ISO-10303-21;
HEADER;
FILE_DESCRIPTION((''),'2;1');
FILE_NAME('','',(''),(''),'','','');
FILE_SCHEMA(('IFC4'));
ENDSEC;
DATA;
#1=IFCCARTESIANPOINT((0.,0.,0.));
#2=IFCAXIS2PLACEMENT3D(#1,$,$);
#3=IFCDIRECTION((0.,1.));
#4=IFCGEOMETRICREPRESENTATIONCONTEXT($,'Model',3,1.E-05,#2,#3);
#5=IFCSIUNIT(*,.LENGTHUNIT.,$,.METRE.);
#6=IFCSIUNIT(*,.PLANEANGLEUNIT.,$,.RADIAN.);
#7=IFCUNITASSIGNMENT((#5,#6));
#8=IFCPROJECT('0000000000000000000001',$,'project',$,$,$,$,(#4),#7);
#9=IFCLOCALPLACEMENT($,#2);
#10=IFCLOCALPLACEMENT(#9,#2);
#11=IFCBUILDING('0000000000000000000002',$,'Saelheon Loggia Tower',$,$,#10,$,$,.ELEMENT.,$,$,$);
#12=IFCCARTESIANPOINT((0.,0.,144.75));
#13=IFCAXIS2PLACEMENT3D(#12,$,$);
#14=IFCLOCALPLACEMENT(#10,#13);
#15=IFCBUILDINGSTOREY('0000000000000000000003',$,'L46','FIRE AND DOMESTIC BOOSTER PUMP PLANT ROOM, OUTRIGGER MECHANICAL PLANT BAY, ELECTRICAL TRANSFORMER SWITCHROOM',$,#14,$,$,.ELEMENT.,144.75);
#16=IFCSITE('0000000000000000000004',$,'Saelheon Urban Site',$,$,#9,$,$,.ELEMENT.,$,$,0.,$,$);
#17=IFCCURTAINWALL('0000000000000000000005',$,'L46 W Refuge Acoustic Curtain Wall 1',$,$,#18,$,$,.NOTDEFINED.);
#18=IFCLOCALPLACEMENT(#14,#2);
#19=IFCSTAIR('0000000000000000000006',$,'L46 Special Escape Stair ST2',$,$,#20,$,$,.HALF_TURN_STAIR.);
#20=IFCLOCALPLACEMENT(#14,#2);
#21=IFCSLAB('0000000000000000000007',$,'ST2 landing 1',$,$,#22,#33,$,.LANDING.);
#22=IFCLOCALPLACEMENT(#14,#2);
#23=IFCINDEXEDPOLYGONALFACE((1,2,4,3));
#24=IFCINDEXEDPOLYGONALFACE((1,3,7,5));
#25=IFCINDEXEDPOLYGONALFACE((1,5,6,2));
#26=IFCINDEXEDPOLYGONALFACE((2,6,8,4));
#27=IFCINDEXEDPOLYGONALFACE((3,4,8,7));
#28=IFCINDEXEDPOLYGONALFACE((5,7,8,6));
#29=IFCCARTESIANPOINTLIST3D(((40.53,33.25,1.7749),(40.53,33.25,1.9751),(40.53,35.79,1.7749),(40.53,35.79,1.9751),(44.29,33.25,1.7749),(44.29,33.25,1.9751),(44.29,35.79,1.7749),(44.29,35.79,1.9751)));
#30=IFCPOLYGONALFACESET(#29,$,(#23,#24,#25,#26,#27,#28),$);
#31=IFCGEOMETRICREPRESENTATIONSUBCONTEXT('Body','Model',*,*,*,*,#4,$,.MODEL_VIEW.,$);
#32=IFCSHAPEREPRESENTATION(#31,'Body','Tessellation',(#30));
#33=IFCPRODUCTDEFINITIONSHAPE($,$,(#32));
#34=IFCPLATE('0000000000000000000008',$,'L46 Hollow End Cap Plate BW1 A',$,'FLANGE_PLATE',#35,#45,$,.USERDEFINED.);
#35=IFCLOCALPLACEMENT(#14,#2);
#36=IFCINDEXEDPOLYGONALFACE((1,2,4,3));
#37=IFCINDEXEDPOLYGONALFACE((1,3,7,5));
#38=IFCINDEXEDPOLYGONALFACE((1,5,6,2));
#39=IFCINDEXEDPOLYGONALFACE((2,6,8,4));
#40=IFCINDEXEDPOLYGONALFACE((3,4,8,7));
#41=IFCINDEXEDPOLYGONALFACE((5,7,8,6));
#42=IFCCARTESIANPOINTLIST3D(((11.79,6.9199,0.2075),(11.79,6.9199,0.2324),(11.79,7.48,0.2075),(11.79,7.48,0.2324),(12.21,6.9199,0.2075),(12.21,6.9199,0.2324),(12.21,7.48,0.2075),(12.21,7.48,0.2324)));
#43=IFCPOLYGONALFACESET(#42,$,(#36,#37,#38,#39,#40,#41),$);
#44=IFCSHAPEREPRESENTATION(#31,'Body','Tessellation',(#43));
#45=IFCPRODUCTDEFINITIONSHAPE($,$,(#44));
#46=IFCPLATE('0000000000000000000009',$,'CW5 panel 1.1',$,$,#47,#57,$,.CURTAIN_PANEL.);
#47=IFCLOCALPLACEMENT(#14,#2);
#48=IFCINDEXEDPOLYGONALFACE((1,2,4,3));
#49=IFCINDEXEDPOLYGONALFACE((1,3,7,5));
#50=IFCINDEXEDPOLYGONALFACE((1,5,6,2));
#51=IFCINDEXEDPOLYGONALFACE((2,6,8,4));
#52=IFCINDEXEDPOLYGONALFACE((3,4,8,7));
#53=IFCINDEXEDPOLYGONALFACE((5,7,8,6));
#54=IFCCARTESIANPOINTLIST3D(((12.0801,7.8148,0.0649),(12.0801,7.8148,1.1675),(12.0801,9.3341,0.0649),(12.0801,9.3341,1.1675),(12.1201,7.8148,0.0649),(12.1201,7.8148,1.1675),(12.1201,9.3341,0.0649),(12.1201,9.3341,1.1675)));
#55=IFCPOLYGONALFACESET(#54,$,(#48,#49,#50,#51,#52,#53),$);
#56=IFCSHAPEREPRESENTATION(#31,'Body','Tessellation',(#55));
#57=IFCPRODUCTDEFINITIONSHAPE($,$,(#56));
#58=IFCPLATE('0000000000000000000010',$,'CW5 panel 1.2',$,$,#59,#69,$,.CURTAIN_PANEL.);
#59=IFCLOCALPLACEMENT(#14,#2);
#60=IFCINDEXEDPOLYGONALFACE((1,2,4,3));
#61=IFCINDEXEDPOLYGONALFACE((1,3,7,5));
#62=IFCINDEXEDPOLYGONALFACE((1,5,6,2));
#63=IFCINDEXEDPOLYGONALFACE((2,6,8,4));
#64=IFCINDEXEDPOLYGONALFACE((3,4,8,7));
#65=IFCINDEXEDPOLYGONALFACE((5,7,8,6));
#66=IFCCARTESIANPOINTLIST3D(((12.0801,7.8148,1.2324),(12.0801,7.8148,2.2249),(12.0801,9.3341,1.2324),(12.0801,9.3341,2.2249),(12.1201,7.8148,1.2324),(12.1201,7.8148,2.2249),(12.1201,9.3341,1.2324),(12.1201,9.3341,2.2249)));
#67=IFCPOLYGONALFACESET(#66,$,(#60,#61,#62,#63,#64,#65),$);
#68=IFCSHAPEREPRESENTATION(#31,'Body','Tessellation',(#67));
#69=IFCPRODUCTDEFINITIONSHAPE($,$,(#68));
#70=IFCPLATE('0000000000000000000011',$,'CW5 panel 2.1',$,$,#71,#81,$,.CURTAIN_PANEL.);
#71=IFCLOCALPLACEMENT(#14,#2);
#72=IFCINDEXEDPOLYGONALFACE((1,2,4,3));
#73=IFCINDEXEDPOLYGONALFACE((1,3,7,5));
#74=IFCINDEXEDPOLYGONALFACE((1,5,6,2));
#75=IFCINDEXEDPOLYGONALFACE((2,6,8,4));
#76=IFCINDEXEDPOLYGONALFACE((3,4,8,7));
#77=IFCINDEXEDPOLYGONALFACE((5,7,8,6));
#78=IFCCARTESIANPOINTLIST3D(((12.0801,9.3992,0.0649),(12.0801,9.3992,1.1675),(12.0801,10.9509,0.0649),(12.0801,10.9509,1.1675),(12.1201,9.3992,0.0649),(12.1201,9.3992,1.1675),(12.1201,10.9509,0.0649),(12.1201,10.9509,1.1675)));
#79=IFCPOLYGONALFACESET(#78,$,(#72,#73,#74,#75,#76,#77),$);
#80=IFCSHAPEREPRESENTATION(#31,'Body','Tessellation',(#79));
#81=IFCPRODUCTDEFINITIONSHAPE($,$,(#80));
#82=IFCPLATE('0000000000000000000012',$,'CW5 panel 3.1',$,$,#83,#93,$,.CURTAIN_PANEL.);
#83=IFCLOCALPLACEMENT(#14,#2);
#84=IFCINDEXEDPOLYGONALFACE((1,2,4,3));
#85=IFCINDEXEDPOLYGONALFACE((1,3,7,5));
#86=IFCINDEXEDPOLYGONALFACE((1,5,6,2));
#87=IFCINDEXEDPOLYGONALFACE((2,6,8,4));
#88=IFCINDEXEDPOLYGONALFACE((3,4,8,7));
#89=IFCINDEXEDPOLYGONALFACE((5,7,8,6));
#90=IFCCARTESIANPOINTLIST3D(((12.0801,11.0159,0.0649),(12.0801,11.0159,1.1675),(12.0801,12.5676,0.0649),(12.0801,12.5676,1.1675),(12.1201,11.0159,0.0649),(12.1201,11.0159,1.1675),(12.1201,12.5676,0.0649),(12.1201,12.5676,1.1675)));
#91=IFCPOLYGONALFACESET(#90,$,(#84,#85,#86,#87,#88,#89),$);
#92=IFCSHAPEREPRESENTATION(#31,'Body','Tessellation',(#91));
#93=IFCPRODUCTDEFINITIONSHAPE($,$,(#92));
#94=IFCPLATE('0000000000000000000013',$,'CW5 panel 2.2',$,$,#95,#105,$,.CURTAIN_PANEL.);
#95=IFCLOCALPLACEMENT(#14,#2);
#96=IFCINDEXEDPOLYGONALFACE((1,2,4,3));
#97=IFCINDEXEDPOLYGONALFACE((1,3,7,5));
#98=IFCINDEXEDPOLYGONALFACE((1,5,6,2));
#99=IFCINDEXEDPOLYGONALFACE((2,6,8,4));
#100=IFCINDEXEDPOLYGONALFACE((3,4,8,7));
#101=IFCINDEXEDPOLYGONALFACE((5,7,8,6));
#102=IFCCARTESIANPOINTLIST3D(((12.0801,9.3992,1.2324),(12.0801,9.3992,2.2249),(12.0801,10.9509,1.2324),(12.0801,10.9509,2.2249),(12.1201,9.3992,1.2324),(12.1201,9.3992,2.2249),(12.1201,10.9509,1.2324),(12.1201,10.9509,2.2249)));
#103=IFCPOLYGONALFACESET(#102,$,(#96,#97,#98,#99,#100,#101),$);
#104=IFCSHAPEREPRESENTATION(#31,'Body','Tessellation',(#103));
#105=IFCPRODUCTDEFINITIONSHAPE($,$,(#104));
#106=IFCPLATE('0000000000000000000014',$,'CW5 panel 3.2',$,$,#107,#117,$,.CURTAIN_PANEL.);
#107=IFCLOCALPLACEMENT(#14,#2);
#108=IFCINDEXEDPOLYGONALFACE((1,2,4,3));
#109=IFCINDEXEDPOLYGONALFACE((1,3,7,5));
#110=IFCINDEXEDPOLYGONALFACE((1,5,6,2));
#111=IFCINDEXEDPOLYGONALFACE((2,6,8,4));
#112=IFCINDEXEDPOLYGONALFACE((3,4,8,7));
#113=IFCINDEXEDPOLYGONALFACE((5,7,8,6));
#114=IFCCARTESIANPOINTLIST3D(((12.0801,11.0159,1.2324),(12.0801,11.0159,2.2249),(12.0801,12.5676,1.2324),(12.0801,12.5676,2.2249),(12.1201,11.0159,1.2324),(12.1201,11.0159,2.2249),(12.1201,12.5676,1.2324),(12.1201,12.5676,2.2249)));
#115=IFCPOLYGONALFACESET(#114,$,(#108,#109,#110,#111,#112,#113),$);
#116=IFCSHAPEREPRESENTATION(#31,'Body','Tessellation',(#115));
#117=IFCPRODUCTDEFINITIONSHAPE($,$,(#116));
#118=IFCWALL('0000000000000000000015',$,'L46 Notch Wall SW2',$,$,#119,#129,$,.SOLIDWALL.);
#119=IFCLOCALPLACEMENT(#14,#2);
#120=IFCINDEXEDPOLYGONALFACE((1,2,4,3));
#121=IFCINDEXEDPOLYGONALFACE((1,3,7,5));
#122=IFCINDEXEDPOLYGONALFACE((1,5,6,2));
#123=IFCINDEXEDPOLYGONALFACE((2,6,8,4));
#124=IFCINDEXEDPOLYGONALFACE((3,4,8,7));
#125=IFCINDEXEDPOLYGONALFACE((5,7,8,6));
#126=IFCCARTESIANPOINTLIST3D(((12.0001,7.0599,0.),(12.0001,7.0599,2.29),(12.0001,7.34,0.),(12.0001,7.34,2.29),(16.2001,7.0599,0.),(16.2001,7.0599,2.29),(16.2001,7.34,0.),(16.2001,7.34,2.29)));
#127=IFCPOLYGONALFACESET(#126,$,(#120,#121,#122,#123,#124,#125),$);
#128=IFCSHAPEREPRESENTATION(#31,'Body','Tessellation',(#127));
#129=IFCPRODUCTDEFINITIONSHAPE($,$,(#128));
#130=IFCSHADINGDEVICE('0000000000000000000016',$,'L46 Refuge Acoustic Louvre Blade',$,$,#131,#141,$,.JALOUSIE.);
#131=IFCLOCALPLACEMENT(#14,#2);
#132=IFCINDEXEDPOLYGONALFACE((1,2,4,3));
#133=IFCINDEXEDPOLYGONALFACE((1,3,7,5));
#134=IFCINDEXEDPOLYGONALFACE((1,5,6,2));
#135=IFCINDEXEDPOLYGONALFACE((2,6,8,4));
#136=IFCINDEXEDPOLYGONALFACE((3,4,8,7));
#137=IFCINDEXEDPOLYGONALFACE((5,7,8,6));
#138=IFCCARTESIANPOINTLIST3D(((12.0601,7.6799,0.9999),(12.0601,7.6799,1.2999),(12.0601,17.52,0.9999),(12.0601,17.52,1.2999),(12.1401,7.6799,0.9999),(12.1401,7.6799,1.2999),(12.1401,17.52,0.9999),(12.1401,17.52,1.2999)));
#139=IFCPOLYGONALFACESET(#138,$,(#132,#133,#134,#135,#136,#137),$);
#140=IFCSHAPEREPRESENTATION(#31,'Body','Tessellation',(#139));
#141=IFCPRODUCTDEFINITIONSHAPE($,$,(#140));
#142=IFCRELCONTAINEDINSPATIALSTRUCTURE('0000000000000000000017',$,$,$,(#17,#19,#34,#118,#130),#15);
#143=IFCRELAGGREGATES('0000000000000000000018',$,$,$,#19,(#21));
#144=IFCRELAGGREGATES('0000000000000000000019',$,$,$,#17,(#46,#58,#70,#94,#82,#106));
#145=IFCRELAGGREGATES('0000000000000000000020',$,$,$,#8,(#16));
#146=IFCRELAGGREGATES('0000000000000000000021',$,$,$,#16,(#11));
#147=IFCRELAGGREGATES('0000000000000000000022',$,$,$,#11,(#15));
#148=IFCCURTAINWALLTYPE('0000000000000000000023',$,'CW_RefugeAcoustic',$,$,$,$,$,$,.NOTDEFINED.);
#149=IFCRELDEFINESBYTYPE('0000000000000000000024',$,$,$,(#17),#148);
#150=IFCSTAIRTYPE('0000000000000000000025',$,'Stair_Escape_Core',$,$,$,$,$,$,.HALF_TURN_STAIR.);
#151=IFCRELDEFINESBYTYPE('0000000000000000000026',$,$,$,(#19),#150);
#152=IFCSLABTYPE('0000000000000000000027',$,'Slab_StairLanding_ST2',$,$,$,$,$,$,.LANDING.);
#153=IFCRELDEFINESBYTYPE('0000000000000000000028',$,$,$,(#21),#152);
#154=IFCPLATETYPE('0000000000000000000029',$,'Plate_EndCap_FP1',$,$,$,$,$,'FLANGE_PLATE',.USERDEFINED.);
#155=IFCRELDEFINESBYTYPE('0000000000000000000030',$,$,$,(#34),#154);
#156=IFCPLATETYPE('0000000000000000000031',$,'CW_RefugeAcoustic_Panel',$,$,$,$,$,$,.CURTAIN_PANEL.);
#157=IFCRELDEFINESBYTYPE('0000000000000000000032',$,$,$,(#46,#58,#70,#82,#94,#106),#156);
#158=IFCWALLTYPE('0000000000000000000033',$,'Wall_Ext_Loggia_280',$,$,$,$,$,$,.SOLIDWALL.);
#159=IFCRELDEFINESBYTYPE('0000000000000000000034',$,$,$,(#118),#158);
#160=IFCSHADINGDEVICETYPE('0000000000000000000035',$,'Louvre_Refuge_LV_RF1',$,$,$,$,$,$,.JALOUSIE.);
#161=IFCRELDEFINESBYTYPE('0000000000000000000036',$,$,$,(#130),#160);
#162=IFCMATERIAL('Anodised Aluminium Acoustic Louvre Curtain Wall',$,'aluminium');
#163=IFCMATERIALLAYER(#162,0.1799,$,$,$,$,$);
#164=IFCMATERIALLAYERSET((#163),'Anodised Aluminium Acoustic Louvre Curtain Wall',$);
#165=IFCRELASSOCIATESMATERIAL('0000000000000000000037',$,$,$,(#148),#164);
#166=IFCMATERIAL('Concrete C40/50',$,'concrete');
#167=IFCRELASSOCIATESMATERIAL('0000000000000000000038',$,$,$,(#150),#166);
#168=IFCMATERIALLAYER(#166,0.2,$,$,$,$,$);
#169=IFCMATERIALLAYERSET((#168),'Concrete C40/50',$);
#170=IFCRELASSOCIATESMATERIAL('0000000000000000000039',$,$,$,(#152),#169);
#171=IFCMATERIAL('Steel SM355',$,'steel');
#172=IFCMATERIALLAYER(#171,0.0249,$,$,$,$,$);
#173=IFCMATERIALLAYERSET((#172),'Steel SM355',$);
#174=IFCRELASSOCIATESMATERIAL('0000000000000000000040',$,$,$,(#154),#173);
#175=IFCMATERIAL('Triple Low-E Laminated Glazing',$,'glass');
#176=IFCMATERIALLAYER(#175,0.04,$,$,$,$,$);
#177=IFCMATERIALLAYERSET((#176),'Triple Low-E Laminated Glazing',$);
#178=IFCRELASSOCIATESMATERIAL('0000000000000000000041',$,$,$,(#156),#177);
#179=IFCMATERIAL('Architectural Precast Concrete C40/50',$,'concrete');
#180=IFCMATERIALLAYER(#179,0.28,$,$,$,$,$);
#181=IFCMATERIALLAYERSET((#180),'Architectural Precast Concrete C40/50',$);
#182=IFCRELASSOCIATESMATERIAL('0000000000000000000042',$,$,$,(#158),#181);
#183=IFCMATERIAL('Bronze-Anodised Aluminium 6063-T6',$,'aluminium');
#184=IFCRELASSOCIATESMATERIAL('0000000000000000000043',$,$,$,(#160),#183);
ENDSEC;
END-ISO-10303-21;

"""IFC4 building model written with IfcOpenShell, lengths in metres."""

from ifc_helpers import new_model, si_unit, direction, frame, frame_2d, origin, origin_2d, place, context, subcontext, project, spatial, polyline, rectangle, outline, extrude, source, transform, mapped, material, layer, layer_set, material_profile, profile_set, type_object, element, aggregate, save


model = new_model("IFC4")

# Units and contexts
model_context = context("Model", 3, precision=1e-05, world=origin(), true_north=direction((0.0, 1.0)))
body_context = subcontext(model_context, "Body", "Model", "MODEL_VIEW")
ifc_project = project(units=[si_unit("LENGTHUNIT", "METRE"), si_unit("PLANEANGLEUNIT", "RADIAN")], contexts=[model_context])

# Site, building, storey
site_placement = place(None, origin())
site = spatial("IfcSite", under=ifc_project, at=site_placement, Name="Saelheon Urban Site", CompositionType="ELEMENT", RefElevation=0.0)
building_placement = place(site_placement, origin())
building = spatial("IfcBuilding", under=site, at=building_placement, Name="Saelheon Loggia Tower", CompositionType="ELEMENT")
storey_placement = place(building_placement, frame((0.0, 0.0, 144.75)))
storey = spatial("IfcBuildingStorey", under=building, at=storey_placement, Name="L46", Description="FIRE AND DOMESTIC BOOSTER PUMP PLANT ROOM, OUTRIGGER MECHANICAL PLANT BAY, ELECTRICAL TRANSFORMER SWITCHROOM", CompositionType="ELEMENT", Elevation=144.75)

# Shared definitions
ifc_material_1 = material(Name="Steel SM355", Category="steel")

# Curtain wall
ifc_material_2 = material(Name="Anodised Aluminium Acoustic Louvre Curtain Wall", Category="aluminium")
ifc_layer_1 = layer(ifc_material_2, 0.1799)
ifc_layer_set_1 = layer_set([ifc_layer_1], Name="Anodised Aluminium Acoustic Louvre Curtain Wall")
curtain_wall_type = type_object("IfcCurtainWallType", Name="CW_RefugeAcoustic", PredefinedType="NOTDEFINED", material=ifc_layer_set_1)
curtain_wall_placement = place(storey_placement, origin())
curtain_wall = element("IfcCurtainWall", 1, at=curtain_wall_placement, inside=storey, type_object=curtain_wall_type, Name="L46 W Refuge Acoustic Curtain Wall 1", PredefinedType="NOTDEFINED")

# Stair, slab
ifc_material_3 = material(Name="Concrete C40/50", Category="concrete")
stair_type = type_object("IfcStairType", Name="Stair_Escape_Core", PredefinedType="HALF_TURN_STAIR", material=ifc_material_3)
stair_1_placement = place(storey_placement, origin())
stair_1 = element("IfcStair", 2, at=stair_1_placement, inside=storey, type_object=stair_type, Name="L46 Special Escape Stair ST2", PredefinedType="HALF_TURN_STAIR")
ifc_layer_2 = layer(ifc_material_3, 0.2)
ifc_layer_set_2 = layer_set([ifc_layer_2], Name="Concrete C40/50")
slab_type_1 = type_object("IfcSlabType", Name="Slab_StairLanding_ST2", PredefinedType="LANDING", material=ifc_layer_set_2)
slab_1_placement = place(storey_placement, frame((0.0, 0.0, 1.7749)))
slab_1 = element("IfcSlab", 3, at=slab_1_placement, type_object=slab_type_1, Name="ST2 landing 1", PredefinedType="LANDING", context=body_context, shape_type="SweptSolid", body=[
    extrude(outline(polyline([(44.29, 33.25), (44.29, 35.79), (40.53, 35.79), (40.53, 33.25), (44.29, 33.25)])), origin(), (0.0, 0.0, 1.0), 0.2002),
])
aggregate(stair_1, [slab_1])

# Plates
ifc_layer_3 = layer(ifc_material_1, 0.0249)
ifc_layer_set_3 = layer_set([ifc_layer_3], Name="Steel SM355")
plate_type_1 = type_object("IfcPlateType", Name="Plate_EndCap_FP1", ElementType="FLANGE_PLATE", PredefinedType="USERDEFINED", material=ifc_layer_set_3)
shared_shape_1 = source(origin(), body_context, "Body", "SweptSolid", [
    extrude(rectangle(XDim=0.5601, YDim=0.4199, at=origin_2d()), origin(), (0.0, 0.0, 1.0), 0.0249),
])
plate_1_placement = place(storey_placement, frame((12.0, 7.2, 0.2075), z_axis=(0.0, 0.0, 1.0), x_axis=(0.0, 1.0, 0.0)))
element("IfcPlate", 4, at=plate_1_placement, inside=storey, type_object=plate_type_1, Name="L46 Hollow End Cap Plate BW1 A", ObjectType="FLANGE_PLATE", PredefinedType="USERDEFINED", context=body_context, shape_type="MappedRepresentation", body=[
    mapped(shared_shape_1, transform((0.0, 0.0, 0.0), scale=1.0)),
])
ifc_material_4 = material(Name="Triple Low-E Laminated Glazing", Category="glass")
ifc_layer_4 = layer(ifc_material_4, 0.04)
ifc_layer_set_4 = layer_set([ifc_layer_4], Name="Triple Low-E Laminated Glazing")
plate_type_2 = type_object("IfcPlateType", Name="CW_RefugeAcoustic_Panel", PredefinedType="CURTAIN_PANEL", material=ifc_layer_set_4)
shared_shape_2 = source(origin(), body_context, "Body", "SweptSolid", [
    extrude(rectangle(XDim=1.5193, YDim=0.04, at=origin_2d()), origin(), (0.0, 0.0, 1.0), 1.1025),
])
plate_2_placement = place(storey_placement, frame((12.1001, 8.5745, 0.0649), z_axis=(0.0, 0.0, 1.0), x_axis=(0.0, 1.0, 0.0)))
plate_2 = element("IfcPlate", 5, at=plate_2_placement, type_object=plate_type_2, Name="CW5 panel 1.1", PredefinedType="CURTAIN_PANEL", context=body_context, shape_type="MappedRepresentation", body=[
    mapped(shared_shape_2, transform((0.0, 0.0, 0.0), scale=1.0)),
])
shared_shape_3 = source(origin(), body_context, "Body", "SweptSolid", [
    extrude(rectangle(XDim=1.5193, YDim=0.04, at=origin_2d()), origin(), (0.0, 0.0, 1.0), 0.9924),
])
plate_3_placement = place(storey_placement, frame((12.1001, 8.5745, 1.2324), z_axis=(0.0, 0.0, 1.0), x_axis=(0.0, 1.0, 0.0)))
plate_3 = element("IfcPlate", 6, at=plate_3_placement, type_object=plate_type_2, Name="CW5 panel 1.2", PredefinedType="CURTAIN_PANEL", context=body_context, shape_type="MappedRepresentation", body=[
    mapped(shared_shape_3, transform((0.0, 0.0, 0.0), scale=1.0)),
])
shared_shape_4 = source(origin(), body_context, "Body", "SweptSolid", [
    extrude(rectangle(XDim=1.5518, YDim=0.04, at=origin_2d()), origin(), (0.0, 0.0, 1.0), 1.1025),
])
plate_4_placement = place(storey_placement, frame((12.1001, 10.175, 0.0649), z_axis=(0.0, 0.0, 1.0), x_axis=(0.0, 1.0, 0.0)))
plate_4 = element("IfcPlate", 7, at=plate_4_placement, type_object=plate_type_2, Name="CW5 panel 2.1", PredefinedType="CURTAIN_PANEL", context=body_context, shape_type="MappedRepresentation", body=[
    mapped(shared_shape_4, transform((0.0, 0.0, 0.0), scale=1.0)),
])
plate_5_placement = place(storey_placement, frame((12.1001, 11.7917, 0.0649), z_axis=(0.0, 0.0, 1.0), x_axis=(0.0, 1.0, 0.0)))
plate_5 = element("IfcPlate", 8, at=plate_5_placement, type_object=plate_type_2, Name="CW5 panel 3.1", PredefinedType="CURTAIN_PANEL", context=body_context, shape_type="MappedRepresentation", body=[
    mapped(shared_shape_4, transform((0.0, 0.0, 0.0), scale=1.0)),
])
shared_shape_5 = source(origin(), body_context, "Body", "SweptSolid", [
    extrude(rectangle(XDim=1.5518, YDim=0.04, at=origin_2d()), origin(), (0.0, 0.0, 1.0), 0.9924),
])
plate_6_placement = place(storey_placement, frame((12.1001, 10.175, 1.2324), z_axis=(0.0, 0.0, 1.0), x_axis=(0.0, 1.0, 0.0)))
plate_6 = element("IfcPlate", 9, at=plate_6_placement, type_object=plate_type_2, Name="CW5 panel 2.2", PredefinedType="CURTAIN_PANEL", context=body_context, shape_type="MappedRepresentation", body=[
    mapped(shared_shape_5, transform((0.0, 0.0, 0.0), scale=1.0)),
])
plate_7_placement = place(storey_placement, frame((12.1001, 11.7917, 1.2324), z_axis=(0.0, 0.0, 1.0), x_axis=(0.0, 1.0, 0.0)))
plate_7 = element("IfcPlate", 10, at=plate_7_placement, type_object=plate_type_2, Name="CW5 panel 3.2", PredefinedType="CURTAIN_PANEL", context=body_context, shape_type="MappedRepresentation", body=[
    mapped(shared_shape_5, transform((0.0, 0.0, 0.0), scale=1.0)),
])
aggregate(curtain_wall, [plate_2, plate_3, plate_4, plate_6, plate_5, plate_7])

# Wall
ifc_material_5 = material(Name="Architectural Precast Concrete C40/50", Category="concrete")
ifc_layer_5 = layer(ifc_material_5, 0.28)
ifc_layer_set_5 = layer_set([ifc_layer_5], Name="Architectural Precast Concrete C40/50")
wall_type = type_object("IfcWallType", Name="Wall_Ext_Loggia_280", PredefinedType="SOLIDWALL", material=ifc_layer_set_5)
wall_placement = place(storey_placement, frame((12.0, 7.2, 0.0), z_axis=(0.0, 0.0, 1.0), x_axis=(1.0, 0.0, 0.0)))
element("IfcWall", 11, at=wall_placement, inside=storey, type_object=wall_type, Name="L46 Notch Wall SW2", PredefinedType="SOLIDWALL", context=body_context, shape_type="SweptSolid", body=[
    extrude(rectangle(XDim=4.2, YDim=0.28, at=frame_2d((2.1001, 0.0))), origin(), (0.0, 0.0, 1.0), 2.29),
])

# Shading device
ifc_material_6 = material(Name="Bronze-Anodised Aluminium 6063-T6", Category="aluminium")
ifc_material_profile_1 = material_profile(ifc_material_6, rectangle(XDim=0.0801, YDim=0.3, at=origin_2d()), Name="Louvre_Refuge_LV_RF1")
ifc_profile_set_1 = profile_set([ifc_material_profile_1], Name="Bronze-Anodised Aluminium 6063-T6")
shading_device_type = type_object("IfcShadingDeviceType", Name="Louvre_Refuge_LV_RF1", PredefinedType="JALOUSIE", material=ifc_profile_set_1)
shared_shape_6 = source(origin(), body_context, "Body", "SweptSolid", [
    extrude(rectangle(XDim=0.0801, YDim=0.3, at=origin_2d()), origin(), (0.0, 0.0, 1.0), 9.8401),
])
shading_device_placement = place(storey_placement, frame((12.1001, 7.6799, 1.1499), z_axis=(0.0, 1.0, 0.0), x_axis=(-1.0, 0.0, 0.0)))
element("IfcShadingDevice", 12, at=shading_device_placement, inside=storey, type_object=shading_device_type, Name="L46 Refuge Acoustic Louvre Blade", PredefinedType="JALOUSIE", context=body_context, shape_type="MappedRepresentation", body=[
    mapped(shared_shape_6, transform((0.0, 0.0, 0.0), scale=1.0)),
])

save(model, "model.ifc")
